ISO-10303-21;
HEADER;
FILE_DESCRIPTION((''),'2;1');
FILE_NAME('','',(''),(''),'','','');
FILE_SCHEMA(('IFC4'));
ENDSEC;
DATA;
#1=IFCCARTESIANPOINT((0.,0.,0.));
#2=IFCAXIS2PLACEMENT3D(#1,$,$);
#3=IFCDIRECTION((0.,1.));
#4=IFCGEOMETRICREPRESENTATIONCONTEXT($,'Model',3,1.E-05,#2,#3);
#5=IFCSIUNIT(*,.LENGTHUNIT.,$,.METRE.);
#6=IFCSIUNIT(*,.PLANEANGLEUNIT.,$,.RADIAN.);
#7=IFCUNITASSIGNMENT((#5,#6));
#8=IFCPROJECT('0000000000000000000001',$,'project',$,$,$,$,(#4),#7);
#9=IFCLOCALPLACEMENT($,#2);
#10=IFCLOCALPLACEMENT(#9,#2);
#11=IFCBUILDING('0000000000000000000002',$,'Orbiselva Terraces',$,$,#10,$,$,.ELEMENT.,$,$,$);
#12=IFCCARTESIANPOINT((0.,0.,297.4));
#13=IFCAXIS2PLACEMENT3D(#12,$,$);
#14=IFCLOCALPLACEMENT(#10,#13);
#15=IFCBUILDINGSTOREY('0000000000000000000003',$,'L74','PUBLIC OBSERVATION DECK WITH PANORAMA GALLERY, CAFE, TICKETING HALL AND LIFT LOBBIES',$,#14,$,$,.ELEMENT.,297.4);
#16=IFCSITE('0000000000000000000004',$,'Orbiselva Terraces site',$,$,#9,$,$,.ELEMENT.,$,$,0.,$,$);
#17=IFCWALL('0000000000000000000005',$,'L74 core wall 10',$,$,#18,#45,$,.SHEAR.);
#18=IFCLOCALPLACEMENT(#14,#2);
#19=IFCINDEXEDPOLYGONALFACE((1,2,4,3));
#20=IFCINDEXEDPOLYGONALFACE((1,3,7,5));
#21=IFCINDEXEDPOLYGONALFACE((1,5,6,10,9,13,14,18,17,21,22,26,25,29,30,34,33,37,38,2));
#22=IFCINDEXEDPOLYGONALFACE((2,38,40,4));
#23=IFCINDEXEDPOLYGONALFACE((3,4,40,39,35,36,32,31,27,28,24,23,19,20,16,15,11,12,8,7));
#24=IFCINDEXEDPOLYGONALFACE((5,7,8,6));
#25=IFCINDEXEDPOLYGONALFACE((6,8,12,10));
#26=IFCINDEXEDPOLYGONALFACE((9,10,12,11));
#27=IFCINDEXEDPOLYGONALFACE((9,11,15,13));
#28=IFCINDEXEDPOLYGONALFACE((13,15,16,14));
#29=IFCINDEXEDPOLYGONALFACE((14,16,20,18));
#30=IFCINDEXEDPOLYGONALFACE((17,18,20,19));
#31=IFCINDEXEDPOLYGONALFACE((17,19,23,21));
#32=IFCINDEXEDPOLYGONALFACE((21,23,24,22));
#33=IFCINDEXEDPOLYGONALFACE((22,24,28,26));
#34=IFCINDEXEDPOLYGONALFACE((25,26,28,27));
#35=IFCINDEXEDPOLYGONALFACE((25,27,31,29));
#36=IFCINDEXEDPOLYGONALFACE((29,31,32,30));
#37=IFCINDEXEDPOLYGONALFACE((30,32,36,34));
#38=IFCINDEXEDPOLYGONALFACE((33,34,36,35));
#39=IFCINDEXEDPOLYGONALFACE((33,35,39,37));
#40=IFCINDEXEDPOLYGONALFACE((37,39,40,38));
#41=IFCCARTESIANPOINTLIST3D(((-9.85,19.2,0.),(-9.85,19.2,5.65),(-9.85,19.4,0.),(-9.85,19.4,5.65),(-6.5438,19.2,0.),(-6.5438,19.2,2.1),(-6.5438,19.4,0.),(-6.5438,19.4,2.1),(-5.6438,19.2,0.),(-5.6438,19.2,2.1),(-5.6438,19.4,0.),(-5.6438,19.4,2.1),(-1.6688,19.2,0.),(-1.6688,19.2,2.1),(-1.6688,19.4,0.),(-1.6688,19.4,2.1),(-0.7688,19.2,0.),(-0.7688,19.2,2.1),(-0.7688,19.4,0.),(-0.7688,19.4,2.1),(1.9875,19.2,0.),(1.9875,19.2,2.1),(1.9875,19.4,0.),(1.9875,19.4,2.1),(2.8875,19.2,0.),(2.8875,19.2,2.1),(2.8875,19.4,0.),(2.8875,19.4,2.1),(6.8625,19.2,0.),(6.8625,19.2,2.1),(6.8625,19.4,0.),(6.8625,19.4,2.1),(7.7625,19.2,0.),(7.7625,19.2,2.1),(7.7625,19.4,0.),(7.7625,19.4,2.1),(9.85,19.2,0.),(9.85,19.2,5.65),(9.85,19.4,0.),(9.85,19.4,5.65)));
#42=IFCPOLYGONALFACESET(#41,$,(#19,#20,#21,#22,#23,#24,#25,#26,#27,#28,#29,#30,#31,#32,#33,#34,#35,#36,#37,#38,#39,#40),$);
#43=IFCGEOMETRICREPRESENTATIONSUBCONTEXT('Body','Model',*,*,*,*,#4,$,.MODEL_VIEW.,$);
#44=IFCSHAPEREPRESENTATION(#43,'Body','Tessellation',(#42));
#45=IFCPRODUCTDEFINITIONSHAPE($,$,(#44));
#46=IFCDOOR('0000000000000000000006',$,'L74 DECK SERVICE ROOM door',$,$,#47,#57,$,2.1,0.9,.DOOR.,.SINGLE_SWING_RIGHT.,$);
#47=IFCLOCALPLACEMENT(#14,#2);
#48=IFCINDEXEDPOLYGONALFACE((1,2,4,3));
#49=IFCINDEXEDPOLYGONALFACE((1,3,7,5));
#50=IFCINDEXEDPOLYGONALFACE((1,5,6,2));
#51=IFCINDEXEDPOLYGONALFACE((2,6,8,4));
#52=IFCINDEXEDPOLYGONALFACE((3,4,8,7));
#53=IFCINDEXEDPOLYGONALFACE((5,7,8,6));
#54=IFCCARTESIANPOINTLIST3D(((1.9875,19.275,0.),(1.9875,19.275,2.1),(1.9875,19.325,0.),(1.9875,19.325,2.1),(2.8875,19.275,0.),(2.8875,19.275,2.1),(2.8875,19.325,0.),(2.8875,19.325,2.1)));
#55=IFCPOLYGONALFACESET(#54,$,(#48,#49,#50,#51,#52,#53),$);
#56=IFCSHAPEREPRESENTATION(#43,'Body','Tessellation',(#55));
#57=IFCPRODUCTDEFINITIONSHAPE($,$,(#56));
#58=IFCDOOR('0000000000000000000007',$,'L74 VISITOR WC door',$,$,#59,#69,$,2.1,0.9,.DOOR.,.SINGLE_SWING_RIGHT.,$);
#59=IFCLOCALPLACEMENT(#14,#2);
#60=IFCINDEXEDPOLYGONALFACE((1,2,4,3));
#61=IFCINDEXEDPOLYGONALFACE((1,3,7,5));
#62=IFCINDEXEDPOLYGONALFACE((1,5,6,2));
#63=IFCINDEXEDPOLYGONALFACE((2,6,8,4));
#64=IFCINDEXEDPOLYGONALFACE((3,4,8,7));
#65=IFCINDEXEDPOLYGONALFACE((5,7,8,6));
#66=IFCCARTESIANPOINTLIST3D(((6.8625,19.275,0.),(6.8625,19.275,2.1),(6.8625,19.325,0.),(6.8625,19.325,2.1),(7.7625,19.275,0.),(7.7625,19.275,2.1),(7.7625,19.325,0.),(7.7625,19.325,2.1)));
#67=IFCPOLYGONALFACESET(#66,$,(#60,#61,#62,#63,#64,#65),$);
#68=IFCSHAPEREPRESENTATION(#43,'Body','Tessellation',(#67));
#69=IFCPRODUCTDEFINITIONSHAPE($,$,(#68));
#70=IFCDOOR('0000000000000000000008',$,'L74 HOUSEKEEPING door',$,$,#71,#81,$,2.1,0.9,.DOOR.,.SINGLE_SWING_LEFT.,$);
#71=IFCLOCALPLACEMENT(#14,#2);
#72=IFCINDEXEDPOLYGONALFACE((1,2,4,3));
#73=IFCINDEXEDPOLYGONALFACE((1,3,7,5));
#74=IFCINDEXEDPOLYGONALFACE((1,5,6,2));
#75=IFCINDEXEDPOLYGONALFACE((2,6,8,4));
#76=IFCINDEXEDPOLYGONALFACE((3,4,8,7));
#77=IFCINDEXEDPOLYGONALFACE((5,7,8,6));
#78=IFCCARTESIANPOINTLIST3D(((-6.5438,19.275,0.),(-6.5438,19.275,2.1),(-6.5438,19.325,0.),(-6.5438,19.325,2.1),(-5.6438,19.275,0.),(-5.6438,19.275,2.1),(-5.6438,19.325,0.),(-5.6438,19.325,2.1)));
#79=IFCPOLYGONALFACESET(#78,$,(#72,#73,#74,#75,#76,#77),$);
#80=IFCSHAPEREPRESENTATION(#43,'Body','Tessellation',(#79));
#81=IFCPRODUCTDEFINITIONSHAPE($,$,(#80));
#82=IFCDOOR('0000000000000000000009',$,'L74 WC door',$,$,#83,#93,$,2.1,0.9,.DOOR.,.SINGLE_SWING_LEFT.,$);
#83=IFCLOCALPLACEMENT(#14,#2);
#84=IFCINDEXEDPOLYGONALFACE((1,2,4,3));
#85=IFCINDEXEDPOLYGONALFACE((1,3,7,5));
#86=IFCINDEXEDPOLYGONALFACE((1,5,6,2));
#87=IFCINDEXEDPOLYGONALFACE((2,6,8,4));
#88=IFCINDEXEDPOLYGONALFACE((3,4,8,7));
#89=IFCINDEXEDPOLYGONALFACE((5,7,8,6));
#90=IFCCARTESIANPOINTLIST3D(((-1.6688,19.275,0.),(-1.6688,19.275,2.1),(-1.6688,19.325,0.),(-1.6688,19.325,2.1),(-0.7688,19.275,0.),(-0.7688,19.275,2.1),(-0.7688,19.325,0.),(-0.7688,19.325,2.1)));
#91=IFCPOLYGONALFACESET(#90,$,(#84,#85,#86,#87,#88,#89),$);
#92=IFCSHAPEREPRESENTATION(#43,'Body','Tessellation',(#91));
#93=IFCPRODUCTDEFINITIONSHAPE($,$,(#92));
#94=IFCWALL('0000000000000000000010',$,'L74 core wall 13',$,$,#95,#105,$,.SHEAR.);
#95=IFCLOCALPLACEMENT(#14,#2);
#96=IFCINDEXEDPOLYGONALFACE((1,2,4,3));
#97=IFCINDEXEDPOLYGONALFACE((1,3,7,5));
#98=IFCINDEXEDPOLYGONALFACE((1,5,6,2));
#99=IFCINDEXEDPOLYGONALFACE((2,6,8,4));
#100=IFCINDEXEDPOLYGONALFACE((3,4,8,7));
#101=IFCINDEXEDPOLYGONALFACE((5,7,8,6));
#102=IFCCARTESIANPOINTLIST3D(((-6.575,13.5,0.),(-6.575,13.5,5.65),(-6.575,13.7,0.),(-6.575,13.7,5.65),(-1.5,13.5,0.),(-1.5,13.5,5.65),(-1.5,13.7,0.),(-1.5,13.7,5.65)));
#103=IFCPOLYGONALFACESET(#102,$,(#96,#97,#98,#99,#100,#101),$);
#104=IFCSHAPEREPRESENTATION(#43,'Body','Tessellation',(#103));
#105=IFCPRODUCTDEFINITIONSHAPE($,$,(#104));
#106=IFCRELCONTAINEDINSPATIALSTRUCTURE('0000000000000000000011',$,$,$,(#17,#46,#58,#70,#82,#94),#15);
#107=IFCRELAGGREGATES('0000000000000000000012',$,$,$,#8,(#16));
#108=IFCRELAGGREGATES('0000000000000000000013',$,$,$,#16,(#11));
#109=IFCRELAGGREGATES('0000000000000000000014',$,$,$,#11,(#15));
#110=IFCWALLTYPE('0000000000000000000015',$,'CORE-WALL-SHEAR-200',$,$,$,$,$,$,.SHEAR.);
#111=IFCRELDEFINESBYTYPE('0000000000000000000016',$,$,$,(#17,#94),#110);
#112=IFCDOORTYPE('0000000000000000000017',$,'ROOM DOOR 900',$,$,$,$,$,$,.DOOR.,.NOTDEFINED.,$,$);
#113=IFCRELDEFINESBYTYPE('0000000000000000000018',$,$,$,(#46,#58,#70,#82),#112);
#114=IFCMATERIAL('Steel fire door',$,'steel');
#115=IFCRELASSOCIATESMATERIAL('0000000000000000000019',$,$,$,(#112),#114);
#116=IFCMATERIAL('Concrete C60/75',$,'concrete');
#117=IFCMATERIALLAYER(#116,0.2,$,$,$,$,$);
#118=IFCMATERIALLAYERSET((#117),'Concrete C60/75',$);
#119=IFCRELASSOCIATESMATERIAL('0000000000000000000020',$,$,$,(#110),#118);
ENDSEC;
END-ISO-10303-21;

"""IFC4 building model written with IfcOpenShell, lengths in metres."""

from ifc_helpers import new_model, si_unit, direction, frame, frame_2d, origin, place, context, subcontext, project, spatial, rectangle, extrude, material, layer, layer_set, type_object, element, fill, save


model = new_model("IFC4")

# Units and contexts
model_context = context("Model", 3, precision=1e-05, world=origin(), true_north=direction((0.0, 1.0)))
body_context = subcontext(model_context, "Body", "Model", "MODEL_VIEW")
ifc_project = project(units=[si_unit("LENGTHUNIT", "METRE"), si_unit("PLANEANGLEUNIT", "RADIAN")], contexts=[model_context])

# Site, building, storey
site_placement = place(None, origin())
site = spatial("IfcSite", under=ifc_project, at=site_placement, Name="Orbiselva Terraces site", CompositionType="ELEMENT", RefElevation=0.0)
building_placement = place(site_placement, origin())
building = spatial("IfcBuilding", under=site, at=building_placement, Name="Orbiselva Terraces", CompositionType="ELEMENT")
storey_placement = place(building_placement, frame((0.0, 0.0, 297.4)))
storey = spatial("IfcBuildingStorey", under=building, at=storey_placement, Name="L74", Description="PUBLIC OBSERVATION DECK WITH PANORAMA GALLERY, CAFE, TICKETING HALL AND LIFT LOBBIES", CompositionType="ELEMENT", Elevation=297.4)

# Shared definitions
ifc_material_1 = material(Name="Steel fire door", Category="steel")
door_type_1 = type_object("IfcDoorType", Name="ROOM DOOR 900", OperationType="NOTDEFINED", PredefinedType="DOOR", material=ifc_material_1)

# Shared definitions
ifc_material_2 = material(Name="Concrete C60/75", Category="concrete")
ifc_layer_1 = layer(ifc_material_2, 0.2)
ifc_layer_set_1 = layer_set([ifc_layer_1], Name="Concrete C60/75")
wall_type_1 = type_object("IfcWallType", Name="CORE-WALL-SHEAR-200", PredefinedType="SHEAR", material=ifc_layer_set_1)

# Wall, openings, doors
wall_1_placement = place(storey_placement, frame((-9.85, 19.3, 0.0), z_axis=(0.0, 0.0, 1.0), x_axis=(1.0, 0.0, 0.0)))
wall_1 = element("IfcWall", 1, at=wall_1_placement, inside=storey, type_object=wall_type_1, Name="L74 core wall 10", PredefinedType="SHEAR", context=body_context, shape_type="SweptSolid", body=[
    extrude(rectangle(XDim=19.7, YDim=0.2, at=frame_2d((9.85, 0.0))), origin(), (0.0, 0.0, 1.0), 5.65),
])
opening_1_placement = place(wall_1_placement, frame((11.8375, 0.0, 0.0)))
opening_1 = element("IfcOpeningElement", 2, at=opening_1_placement, cuts=wall_1, PredefinedType="OPENING", context=body_context, shape_type="SweptSolid", body=[
    extrude(rectangle(XDim=0.9, YDim=2.1, at=frame_2d((0.45, 1.05))), frame((0.0, 0.11, 0.0), z_axis=(0.0, -1.0, 0.0), x_axis=(1.0, 0.0, 0.0)), (0.0, 0.0, 1.0), 0.22),
])
opening_2_placement = place(wall_1_placement, frame((16.7125, 0.0, 0.0)))
opening_2 = element("IfcOpeningElement", 3, at=opening_2_placement, cuts=wall_1, PredefinedType="OPENING", context=body_context, shape_type="SweptSolid", body=[
    extrude(rectangle(XDim=0.9, YDim=2.1, at=frame_2d((0.45, 1.05))), frame((0.0, 0.11, 0.0), z_axis=(0.0, -1.0, 0.0), x_axis=(1.0, 0.0, 0.0)), (0.0, 0.0, 1.0), 0.22),
])
opening_3_placement = place(wall_1_placement, frame((3.3062, 0.0, 0.0)))
opening_3 = element("IfcOpeningElement", 4, at=opening_3_placement, cuts=wall_1, PredefinedType="OPENING", context=body_context, shape_type="SweptSolid", body=[
    extrude(rectangle(XDim=0.9, YDim=2.1, at=frame_2d((0.45, 1.05))), frame((0.0, 0.11, 0.0), z_axis=(0.0, -1.0, 0.0), x_axis=(1.0, 0.0, 0.0)), (0.0, 0.0, 1.0), 0.22),
])
opening_4_placement = place(wall_1_placement, frame((8.1812, 0.0, 0.0)))
opening_4 = element("IfcOpeningElement", 5, at=opening_4_placement, cuts=wall_1, PredefinedType="OPENING", context=body_context, shape_type="SweptSolid", body=[
    extrude(rectangle(XDim=0.9, YDim=2.1, at=frame_2d((0.45, 1.05))), frame((0.0, 0.11, 0.0), z_axis=(0.0, -1.0, 0.0), x_axis=(1.0, 0.0, 0.0)), (0.0, 0.0, 1.0), 0.22),
])
door_1_placement = place(opening_1_placement, origin())
door_1 = element("IfcDoor", 6, at=door_1_placement, inside=storey, type_object=door_type_1, Name="L74 DECK SERVICE ROOM door", OperationType="SINGLE_SWING_RIGHT", OverallHeight=2.1, OverallWidth=0.9, PredefinedType="DOOR", context=body_context, shape_type="SweptSolid", body=[
    extrude(rectangle(XDim=0.9, YDim=2.1, at=frame_2d((0.45, 1.05))), frame((0.0, 0.025, 0.0), z_axis=(0.0, -1.0, 0.0), x_axis=(1.0, 0.0, 0.0)), (0.0, 0.0, 1.0), 0.05),
])
fill(opening_1, door_1)
door_2_placement = place(opening_2_placement, origin())
door_2 = element("IfcDoor", 7, at=door_2_placement, inside=storey, type_object=door_type_1, Name="L74 VISITOR WC door", OperationType="SINGLE_SWING_RIGHT", OverallHeight=2.1, OverallWidth=0.9, PredefinedType="DOOR", context=body_context, shape_type="SweptSolid", body=[
    extrude(rectangle(XDim=0.9, YDim=2.1, at=frame_2d((0.45, 1.05))), frame((0.0, 0.025, 0.0), z_axis=(0.0, -1.0, 0.0), x_axis=(1.0, 0.0, 0.0)), (0.0, 0.0, 1.0), 0.05),
])
fill(opening_2, door_2)
door_3_placement = place(opening_3_placement, origin())
door_3 = element("IfcDoor", 8, at=door_3_placement, inside=storey, type_object=door_type_1, Name="L74 HOUSEKEEPING door", OperationType="SINGLE_SWING_LEFT", OverallHeight=2.1, OverallWidth=0.9, PredefinedType="DOOR", context=body_context, shape_type="SweptSolid", body=[
    extrude(rectangle(XDim=0.9, YDim=2.1, at=frame_2d((0.45, 1.05))), frame((0.0, 0.025, 0.0), z_axis=(0.0, -1.0, 0.0), x_axis=(1.0, 0.0, 0.0)), (0.0, 0.0, 1.0), 0.05),
])
fill(opening_3, door_3)
door_4_placement = place(opening_4_placement, origin())
door_4 = element("IfcDoor", 9, at=door_4_placement, inside=storey, type_object=door_type_1, Name="L74 WC door", OperationType="SINGLE_SWING_LEFT", OverallHeight=2.1, OverallWidth=0.9, PredefinedType="DOOR", context=body_context, shape_type="SweptSolid", body=[
    extrude(rectangle(XDim=0.9, YDim=2.1, at=frame_2d((0.45, 1.05))), frame((0.0, 0.025, 0.0), z_axis=(0.0, -1.0, 0.0), x_axis=(1.0, 0.0, 0.0)), (0.0, 0.0, 1.0), 0.05),
])
fill(opening_4, door_4)

# Wall
wall_2_placement = place(storey_placement, frame((-6.575, 13.6, 0.0), z_axis=(0.0, 0.0, 1.0), x_axis=(1.0, 0.0, 0.0)))
element("IfcWall", 10, at=wall_2_placement, inside=storey, type_object=wall_type_1, Name="L74 core wall 13", PredefinedType="SHEAR", context=body_context, shape_type="SweptSolid", body=[
    extrude(rectangle(XDim=5.075, YDim=0.2, at=frame_2d((2.5375, 0.0))), origin(), (0.0, 0.0, 1.0), 5.65),
])

save(model, "model.ifc")
